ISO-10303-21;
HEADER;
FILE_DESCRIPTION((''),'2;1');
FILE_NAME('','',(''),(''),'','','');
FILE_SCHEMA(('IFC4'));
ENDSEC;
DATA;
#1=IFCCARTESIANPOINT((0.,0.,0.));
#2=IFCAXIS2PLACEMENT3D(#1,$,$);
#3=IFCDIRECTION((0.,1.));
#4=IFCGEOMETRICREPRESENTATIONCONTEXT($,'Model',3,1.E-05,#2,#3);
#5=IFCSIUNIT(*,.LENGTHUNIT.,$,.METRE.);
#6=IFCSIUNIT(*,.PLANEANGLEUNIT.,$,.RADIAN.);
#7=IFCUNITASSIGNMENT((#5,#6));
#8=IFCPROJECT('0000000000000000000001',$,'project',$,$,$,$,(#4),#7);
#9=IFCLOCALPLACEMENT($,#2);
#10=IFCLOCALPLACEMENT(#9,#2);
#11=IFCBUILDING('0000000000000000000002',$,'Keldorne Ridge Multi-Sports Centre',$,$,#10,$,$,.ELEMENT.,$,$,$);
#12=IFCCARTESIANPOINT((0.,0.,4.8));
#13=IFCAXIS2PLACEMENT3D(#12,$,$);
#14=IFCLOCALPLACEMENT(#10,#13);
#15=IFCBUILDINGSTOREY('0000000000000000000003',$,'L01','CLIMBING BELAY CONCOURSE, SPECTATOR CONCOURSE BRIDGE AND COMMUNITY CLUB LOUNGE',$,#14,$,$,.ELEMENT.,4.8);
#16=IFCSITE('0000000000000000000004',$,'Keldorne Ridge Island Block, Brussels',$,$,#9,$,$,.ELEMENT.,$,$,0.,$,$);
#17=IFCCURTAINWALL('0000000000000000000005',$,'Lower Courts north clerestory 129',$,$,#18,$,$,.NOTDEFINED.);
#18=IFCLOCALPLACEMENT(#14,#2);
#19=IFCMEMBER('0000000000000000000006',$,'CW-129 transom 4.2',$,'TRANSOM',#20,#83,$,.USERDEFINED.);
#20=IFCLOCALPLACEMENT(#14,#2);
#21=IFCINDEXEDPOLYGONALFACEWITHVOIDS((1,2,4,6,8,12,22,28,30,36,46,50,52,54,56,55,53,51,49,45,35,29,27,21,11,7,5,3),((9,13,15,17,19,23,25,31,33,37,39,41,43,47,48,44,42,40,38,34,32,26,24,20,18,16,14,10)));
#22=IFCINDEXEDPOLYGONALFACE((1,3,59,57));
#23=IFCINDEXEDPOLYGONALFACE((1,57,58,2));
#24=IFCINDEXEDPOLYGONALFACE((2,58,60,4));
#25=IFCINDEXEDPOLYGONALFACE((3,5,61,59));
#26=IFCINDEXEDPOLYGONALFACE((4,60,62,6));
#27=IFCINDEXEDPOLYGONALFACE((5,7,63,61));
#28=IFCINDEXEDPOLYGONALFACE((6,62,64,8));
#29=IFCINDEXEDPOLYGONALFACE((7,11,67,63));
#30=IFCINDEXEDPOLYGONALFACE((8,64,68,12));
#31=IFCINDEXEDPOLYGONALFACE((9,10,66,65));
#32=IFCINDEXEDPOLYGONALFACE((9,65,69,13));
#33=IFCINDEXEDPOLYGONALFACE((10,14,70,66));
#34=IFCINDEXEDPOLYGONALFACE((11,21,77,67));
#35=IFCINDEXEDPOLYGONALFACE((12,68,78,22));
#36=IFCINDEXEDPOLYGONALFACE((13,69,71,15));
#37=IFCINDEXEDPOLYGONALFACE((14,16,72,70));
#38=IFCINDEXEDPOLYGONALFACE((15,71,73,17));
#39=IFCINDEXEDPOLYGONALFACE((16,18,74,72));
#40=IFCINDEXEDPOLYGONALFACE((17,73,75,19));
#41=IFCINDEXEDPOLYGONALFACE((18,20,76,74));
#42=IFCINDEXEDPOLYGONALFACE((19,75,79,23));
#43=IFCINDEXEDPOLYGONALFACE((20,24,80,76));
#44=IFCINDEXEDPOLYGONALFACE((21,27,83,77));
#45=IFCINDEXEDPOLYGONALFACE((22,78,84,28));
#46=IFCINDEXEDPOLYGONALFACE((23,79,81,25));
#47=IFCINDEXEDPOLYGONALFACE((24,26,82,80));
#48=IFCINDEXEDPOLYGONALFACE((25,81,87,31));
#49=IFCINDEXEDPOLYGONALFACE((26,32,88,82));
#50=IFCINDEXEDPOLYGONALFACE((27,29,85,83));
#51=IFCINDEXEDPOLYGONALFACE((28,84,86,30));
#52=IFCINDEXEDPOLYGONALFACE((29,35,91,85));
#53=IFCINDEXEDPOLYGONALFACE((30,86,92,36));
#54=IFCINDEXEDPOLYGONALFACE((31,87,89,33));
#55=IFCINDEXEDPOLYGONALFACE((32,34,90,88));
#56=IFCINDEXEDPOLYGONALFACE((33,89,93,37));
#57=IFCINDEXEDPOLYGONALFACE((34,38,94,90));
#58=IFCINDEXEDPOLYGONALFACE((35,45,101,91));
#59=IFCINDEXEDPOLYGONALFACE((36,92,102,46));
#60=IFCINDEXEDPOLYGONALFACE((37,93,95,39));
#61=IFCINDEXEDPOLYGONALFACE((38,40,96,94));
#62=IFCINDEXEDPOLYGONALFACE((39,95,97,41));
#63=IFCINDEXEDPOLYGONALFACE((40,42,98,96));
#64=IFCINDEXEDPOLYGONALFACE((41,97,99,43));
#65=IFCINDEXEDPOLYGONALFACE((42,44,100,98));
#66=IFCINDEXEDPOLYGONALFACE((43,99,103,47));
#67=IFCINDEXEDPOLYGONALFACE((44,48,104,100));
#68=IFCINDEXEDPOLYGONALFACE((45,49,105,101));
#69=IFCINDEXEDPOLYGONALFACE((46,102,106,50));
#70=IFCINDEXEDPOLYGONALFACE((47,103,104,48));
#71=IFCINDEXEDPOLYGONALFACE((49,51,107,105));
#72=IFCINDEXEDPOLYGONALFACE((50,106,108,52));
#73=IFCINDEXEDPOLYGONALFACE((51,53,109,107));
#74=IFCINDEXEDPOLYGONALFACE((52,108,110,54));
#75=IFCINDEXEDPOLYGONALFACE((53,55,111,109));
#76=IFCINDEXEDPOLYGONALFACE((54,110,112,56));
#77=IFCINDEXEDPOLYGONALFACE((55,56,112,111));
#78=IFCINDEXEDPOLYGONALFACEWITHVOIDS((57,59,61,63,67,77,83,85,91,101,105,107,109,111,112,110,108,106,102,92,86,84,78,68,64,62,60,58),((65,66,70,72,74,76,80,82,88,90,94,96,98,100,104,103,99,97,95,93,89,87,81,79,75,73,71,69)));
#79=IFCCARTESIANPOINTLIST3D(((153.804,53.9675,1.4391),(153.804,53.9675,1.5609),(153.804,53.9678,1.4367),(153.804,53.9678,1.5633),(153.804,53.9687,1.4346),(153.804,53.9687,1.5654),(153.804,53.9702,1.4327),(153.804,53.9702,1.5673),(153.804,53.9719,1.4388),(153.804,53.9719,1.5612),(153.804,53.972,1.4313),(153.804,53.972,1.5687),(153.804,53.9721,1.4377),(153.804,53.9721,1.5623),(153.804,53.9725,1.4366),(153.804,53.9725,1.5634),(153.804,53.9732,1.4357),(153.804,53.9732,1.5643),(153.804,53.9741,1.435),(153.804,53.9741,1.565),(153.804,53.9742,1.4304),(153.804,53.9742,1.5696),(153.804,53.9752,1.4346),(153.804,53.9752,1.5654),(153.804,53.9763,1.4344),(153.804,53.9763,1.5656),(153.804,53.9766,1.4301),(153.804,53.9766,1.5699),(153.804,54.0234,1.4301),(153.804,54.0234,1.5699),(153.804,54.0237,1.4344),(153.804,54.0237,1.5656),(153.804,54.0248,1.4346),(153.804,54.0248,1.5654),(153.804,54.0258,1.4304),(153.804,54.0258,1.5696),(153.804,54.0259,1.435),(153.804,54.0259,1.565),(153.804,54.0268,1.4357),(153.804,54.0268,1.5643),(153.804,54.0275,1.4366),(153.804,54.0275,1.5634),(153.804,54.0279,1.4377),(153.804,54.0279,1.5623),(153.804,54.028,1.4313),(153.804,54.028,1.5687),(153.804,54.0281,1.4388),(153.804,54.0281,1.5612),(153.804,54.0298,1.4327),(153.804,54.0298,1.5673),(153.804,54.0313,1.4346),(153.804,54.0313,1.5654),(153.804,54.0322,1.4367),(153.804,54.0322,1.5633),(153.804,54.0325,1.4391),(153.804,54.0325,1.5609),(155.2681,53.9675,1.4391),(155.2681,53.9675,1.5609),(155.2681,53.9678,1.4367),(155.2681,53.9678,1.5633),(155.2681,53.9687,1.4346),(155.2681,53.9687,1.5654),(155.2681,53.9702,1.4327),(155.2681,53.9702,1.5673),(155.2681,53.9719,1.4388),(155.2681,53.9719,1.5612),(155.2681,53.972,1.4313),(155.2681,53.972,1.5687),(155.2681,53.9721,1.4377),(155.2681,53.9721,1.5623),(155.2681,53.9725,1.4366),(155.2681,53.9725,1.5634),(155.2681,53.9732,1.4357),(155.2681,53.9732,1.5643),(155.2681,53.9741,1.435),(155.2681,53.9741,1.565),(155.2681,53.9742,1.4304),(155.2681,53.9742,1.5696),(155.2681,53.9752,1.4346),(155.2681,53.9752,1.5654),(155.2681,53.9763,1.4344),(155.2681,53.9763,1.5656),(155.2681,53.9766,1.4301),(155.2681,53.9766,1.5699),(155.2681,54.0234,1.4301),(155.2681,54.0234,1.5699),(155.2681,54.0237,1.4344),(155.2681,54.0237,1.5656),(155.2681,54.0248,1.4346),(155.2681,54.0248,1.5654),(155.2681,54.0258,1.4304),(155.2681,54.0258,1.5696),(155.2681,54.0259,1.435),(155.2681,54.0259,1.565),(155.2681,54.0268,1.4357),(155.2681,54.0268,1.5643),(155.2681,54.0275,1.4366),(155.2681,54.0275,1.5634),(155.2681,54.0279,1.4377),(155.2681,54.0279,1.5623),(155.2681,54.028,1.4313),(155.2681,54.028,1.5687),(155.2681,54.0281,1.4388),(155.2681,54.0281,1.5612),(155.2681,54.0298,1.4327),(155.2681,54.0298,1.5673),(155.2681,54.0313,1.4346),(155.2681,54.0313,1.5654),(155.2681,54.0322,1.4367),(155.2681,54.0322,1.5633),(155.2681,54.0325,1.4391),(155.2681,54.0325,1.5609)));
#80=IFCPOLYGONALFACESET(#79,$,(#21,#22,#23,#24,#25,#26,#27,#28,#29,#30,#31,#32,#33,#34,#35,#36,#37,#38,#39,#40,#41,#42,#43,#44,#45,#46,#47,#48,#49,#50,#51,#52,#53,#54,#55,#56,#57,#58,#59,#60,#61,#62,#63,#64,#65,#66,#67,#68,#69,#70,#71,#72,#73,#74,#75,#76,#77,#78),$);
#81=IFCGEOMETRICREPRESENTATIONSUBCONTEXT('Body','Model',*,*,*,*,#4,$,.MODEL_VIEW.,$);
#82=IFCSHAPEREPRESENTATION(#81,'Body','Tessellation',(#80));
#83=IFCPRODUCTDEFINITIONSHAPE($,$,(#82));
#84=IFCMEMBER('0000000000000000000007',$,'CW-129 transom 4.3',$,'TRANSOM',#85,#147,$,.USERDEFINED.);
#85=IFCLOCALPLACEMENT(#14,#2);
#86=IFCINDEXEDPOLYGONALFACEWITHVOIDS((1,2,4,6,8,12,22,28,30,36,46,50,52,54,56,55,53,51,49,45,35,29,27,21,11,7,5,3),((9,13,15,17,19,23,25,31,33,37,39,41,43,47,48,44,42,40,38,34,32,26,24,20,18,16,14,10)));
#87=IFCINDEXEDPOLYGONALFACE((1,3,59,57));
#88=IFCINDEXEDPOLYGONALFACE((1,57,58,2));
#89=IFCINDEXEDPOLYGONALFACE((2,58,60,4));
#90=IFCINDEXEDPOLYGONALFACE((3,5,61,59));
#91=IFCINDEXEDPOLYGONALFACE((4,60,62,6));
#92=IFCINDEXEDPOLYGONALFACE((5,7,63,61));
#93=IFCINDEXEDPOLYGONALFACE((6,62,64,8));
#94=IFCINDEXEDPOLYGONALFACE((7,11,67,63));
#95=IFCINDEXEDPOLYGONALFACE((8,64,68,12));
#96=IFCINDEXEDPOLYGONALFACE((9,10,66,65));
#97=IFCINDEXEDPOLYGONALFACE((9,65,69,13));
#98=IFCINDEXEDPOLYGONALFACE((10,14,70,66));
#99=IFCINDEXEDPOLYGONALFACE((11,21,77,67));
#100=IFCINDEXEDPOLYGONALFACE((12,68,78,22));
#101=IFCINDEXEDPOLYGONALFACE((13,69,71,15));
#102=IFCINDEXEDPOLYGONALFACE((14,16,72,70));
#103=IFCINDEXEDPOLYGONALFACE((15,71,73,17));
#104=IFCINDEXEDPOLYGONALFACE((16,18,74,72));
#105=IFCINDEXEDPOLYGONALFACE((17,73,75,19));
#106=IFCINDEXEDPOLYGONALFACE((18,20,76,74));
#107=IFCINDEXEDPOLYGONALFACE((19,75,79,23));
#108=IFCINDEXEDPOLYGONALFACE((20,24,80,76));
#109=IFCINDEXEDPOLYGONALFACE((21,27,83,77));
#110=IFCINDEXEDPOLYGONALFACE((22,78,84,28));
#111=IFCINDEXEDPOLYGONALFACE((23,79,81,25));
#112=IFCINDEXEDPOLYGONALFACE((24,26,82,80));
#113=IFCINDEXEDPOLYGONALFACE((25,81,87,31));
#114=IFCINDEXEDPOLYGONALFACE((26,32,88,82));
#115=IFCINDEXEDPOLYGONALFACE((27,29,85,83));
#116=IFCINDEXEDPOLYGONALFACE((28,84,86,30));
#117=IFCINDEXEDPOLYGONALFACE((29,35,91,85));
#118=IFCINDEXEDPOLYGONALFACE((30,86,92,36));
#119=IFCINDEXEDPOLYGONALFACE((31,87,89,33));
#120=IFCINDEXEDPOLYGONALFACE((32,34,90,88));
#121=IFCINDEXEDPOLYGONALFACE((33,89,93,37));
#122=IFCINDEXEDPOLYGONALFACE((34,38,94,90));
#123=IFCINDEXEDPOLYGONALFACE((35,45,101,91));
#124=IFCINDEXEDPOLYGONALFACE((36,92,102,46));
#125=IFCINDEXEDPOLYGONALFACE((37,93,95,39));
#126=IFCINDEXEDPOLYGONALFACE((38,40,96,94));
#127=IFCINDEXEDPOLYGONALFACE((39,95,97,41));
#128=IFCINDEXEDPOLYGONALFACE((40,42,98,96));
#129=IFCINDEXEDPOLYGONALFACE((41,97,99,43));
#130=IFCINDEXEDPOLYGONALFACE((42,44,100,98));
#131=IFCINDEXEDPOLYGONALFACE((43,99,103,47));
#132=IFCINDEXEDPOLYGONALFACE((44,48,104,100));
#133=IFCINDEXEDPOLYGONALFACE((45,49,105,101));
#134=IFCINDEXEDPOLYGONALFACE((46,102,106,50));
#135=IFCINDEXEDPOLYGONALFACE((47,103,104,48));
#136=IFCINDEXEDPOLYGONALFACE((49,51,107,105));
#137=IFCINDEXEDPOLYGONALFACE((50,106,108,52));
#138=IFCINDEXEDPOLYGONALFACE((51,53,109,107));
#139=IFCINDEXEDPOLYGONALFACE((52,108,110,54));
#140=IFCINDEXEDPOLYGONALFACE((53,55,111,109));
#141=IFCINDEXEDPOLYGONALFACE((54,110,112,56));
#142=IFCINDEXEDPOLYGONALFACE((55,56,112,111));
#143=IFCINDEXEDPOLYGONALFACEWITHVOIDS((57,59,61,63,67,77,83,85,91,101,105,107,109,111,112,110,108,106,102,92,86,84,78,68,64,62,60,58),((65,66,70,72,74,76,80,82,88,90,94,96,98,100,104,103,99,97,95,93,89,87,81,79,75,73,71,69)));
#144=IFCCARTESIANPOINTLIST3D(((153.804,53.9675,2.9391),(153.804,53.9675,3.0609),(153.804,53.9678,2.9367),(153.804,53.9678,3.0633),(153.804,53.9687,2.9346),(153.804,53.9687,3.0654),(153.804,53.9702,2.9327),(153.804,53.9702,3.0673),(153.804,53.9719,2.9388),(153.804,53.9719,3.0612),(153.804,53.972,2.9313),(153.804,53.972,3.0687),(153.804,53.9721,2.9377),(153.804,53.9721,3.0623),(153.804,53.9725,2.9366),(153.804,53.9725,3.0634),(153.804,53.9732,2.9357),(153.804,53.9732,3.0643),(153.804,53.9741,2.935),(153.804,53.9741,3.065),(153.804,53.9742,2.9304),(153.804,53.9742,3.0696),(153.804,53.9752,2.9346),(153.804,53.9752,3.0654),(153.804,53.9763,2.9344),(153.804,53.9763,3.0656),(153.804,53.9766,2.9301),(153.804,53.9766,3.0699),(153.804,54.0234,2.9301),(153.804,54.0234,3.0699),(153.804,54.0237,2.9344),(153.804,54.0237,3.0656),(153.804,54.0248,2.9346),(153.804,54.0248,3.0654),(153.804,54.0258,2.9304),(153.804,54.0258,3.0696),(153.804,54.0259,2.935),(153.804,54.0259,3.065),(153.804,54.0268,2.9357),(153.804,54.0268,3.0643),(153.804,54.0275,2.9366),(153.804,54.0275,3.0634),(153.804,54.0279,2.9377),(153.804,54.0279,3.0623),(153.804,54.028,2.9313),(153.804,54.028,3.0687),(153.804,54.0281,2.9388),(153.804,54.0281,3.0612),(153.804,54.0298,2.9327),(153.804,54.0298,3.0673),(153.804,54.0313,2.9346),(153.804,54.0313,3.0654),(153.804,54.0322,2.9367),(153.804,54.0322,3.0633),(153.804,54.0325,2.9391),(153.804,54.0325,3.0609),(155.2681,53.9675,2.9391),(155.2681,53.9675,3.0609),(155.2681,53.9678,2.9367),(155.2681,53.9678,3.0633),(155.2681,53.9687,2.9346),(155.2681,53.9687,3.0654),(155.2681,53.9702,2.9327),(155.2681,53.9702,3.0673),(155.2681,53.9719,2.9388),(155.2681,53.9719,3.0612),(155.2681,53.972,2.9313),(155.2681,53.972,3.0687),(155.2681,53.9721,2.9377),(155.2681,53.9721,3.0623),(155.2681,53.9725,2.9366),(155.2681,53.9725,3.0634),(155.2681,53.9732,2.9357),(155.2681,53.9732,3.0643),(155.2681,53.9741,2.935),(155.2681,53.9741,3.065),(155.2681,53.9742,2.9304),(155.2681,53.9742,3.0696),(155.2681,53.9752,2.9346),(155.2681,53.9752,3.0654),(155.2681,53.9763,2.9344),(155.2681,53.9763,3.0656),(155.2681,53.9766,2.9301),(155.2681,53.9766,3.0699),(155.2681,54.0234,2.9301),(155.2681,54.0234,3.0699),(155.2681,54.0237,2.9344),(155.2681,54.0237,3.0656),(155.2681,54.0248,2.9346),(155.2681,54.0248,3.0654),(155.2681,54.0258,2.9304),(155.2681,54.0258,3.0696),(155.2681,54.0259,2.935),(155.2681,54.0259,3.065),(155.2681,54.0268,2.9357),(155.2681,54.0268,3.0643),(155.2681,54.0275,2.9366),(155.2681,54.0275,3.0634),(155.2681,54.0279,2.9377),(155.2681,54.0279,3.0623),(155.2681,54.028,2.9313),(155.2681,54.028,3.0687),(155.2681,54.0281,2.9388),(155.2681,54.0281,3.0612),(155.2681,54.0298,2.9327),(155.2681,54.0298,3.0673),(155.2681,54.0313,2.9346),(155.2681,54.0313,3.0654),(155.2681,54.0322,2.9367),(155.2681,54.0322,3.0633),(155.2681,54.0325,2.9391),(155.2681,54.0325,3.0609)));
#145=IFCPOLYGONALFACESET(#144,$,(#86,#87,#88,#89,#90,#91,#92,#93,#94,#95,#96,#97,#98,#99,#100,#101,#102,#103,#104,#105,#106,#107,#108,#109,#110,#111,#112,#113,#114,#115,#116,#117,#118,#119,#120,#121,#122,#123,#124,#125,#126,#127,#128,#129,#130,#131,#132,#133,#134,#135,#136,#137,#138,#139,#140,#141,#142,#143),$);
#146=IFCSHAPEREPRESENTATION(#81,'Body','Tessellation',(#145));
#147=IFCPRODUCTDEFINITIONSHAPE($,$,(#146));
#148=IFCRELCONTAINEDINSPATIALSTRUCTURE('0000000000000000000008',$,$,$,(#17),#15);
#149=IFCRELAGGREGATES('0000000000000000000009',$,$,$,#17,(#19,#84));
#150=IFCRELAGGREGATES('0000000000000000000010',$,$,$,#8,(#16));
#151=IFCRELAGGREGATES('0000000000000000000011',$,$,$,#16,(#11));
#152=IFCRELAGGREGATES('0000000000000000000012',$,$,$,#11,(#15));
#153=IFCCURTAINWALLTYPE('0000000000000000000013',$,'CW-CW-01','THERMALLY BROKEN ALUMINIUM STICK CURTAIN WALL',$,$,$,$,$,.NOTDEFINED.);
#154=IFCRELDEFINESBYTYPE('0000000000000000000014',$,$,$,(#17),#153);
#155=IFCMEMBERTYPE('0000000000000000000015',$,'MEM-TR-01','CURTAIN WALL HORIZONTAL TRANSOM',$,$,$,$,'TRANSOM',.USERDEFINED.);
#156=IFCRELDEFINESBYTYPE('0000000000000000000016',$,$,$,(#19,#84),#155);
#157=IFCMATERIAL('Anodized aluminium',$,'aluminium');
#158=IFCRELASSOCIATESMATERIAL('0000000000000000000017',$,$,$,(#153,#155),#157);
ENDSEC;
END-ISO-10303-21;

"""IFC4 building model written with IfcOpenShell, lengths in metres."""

from ifc_helpers import new_model, si_unit, direction, frame, origin, origin_2d, place, context, subcontext, project, spatial, hollow_rectangle, extrude, material, material_profile, profile_set, type_object, element, aggregate, save


model = new_model("IFC4")

# Units and contexts
model_context = context("Model", 3, precision=1e-05, world=origin(), true_north=direction((0.0, 1.0)))
body_context = subcontext(model_context, "Body", "Model", "MODEL_VIEW")
ifc_project = project(units=[si_unit("LENGTHUNIT", "METRE"), si_unit("PLANEANGLEUNIT", "RADIAN")], contexts=[model_context])

# Site, building, storey
site_placement = place(None, origin())
site = spatial("IfcSite", under=ifc_project, at=site_placement, Name="Keldorne Ridge Island Block, Brussels", CompositionType="ELEMENT", RefElevation=0.0)
building_placement = place(site_placement, origin())
building = spatial("IfcBuilding", under=site, at=building_placement, Name="Keldorne Ridge Multi-Sports Centre", CompositionType="ELEMENT")
storey_placement = place(building_placement, frame((0.0, 0.0, 4.8)))
storey = spatial("IfcBuildingStorey", under=building, at=storey_placement, Name="L01", Description="CLIMBING BELAY CONCOURSE, SPECTATOR CONCOURSE BRIDGE AND COMMUNITY CLUB LOUNGE", CompositionType="ELEMENT", Elevation=4.8)

# Curtain wall, members
ifc_material_1 = material(Name="Anodized aluminium", Category="aluminium")
curtain_wall_type = type_object("IfcCurtainWallType", Name="CW-CW-01", Description="THERMALLY BROKEN ALUMINIUM STICK CURTAIN WALL", PredefinedType="NOTDEFINED", material=ifc_material_1)
curtain_wall_placement = place(storey_placement, origin())
curtain_wall = element("IfcCurtainWall", 1, at=curtain_wall_placement, inside=storey, type_object=curtain_wall_type, Name="Lower Courts north clerestory 129", PredefinedType="NOTDEFINED")
ifc_material_profile_1 = material_profile(ifc_material_1, hollow_rectangle(XDim=0.0649, YDim=0.1399, WallThickness=0.0044, InnerFilletRadius=0.0044, OuterFilletRadius=0.009, at=origin_2d()), Name="ALU TRANSOM 140x65x4.5")
ifc_profile_set_1 = profile_set([ifc_material_profile_1], Name="Anodized aluminium")
member_type_1 = type_object("IfcMemberType", Name="MEM-TR-01", Description="CURTAIN WALL HORIZONTAL TRANSOM", ElementType="TRANSOM", PredefinedType="USERDEFINED", material=ifc_profile_set_1)
member_1_placement = place(storey_placement, frame((155.2681, 54.0, 1.5), z_axis=(-1.0, 0.0, 0.0), x_axis=(0.0, -1.0, 0.0)))
member_1 = element("IfcMember", 2, at=member_1_placement, type_object=member_type_1, Name="CW-129 transom 4.2", ObjectType="TRANSOM", PredefinedType="USERDEFINED", context=body_context, shape_type="SweptSolid", body=[
    extrude(hollow_rectangle(XDim=0.0649, YDim=0.1399, WallThickness=0.0044, InnerFilletRadius=0.0044, OuterFilletRadius=0.009, at=origin_2d()), origin(), (0.0, 0.0, 1.0), 1.4641),
])
member_2_placement = place(storey_placement, frame((155.2681, 54.0, 3.0), z_axis=(-1.0, 0.0, 0.0), x_axis=(0.0, -1.0, 0.0)))
member_2 = element("IfcMember", 3, at=member_2_placement, type_object=member_type_1, Name="CW-129 transom 4.3", ObjectType="TRANSOM", PredefinedType="USERDEFINED", context=body_context, shape_type="SweptSolid", body=[
    extrude(hollow_rectangle(XDim=0.0649, YDim=0.1399, WallThickness=0.0044, InnerFilletRadius=0.0044, OuterFilletRadius=0.009, at=origin_2d()), origin(), (0.0, 0.0, 1.0), 1.4641),
])
aggregate(curtain_wall, [member_1, member_2])

save(model, "model.ifc")
